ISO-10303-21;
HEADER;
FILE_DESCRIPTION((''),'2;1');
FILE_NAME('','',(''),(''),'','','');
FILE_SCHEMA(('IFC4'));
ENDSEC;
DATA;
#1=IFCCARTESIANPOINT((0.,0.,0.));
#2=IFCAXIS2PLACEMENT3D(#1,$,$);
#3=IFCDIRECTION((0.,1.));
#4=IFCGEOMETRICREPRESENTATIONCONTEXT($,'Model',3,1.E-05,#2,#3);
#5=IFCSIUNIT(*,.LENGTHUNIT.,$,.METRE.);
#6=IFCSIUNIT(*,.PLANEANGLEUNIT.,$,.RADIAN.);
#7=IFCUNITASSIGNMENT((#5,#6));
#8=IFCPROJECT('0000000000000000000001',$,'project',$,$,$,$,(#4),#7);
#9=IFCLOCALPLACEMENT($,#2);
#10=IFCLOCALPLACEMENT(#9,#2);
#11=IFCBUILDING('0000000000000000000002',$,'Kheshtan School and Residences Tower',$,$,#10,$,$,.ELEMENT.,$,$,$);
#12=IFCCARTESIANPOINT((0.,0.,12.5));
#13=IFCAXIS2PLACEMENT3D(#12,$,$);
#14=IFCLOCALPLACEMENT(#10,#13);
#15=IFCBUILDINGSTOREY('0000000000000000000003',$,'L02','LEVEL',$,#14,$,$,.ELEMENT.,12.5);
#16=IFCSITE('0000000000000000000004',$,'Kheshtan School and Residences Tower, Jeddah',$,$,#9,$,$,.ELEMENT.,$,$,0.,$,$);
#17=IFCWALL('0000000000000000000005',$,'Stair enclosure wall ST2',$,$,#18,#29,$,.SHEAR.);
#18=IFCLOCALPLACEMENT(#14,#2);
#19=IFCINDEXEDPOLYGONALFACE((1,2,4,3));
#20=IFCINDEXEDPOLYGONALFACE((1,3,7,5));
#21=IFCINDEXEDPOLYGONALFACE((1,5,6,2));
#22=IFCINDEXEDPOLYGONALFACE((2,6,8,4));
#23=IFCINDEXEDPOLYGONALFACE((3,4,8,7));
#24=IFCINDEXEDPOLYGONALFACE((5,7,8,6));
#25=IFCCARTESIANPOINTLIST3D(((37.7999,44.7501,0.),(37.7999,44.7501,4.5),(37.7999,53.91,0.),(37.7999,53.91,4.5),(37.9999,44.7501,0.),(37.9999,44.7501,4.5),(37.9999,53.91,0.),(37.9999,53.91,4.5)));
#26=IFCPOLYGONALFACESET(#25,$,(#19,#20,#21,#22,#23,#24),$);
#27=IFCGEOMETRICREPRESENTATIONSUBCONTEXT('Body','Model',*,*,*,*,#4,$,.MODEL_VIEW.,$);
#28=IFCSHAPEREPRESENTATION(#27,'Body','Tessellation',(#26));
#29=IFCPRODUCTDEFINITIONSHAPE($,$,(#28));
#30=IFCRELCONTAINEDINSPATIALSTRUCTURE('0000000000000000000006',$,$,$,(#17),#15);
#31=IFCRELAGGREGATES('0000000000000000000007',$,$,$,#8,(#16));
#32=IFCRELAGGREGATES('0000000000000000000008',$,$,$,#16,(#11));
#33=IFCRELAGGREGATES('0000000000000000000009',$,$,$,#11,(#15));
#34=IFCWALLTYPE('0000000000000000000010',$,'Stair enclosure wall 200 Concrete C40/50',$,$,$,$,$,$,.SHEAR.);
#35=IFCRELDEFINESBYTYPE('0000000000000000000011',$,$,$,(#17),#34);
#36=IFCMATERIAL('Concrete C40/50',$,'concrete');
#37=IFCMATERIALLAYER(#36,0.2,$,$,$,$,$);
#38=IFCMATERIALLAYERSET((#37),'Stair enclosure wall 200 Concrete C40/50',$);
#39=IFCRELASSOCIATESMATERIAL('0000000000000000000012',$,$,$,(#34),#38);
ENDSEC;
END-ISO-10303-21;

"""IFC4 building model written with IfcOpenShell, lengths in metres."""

from ifc_helpers import new_model, si_unit, direction, frame, frame_2d, origin, place, context, subcontext, project, spatial, rectangle, extrude, material, layer, layer_set, type_object, element, save


model = new_model("IFC4")

# Units and contexts
model_context = context("Model", 3, precision=1e-05, world=origin(), true_north=direction((0.0, 1.0)))
body_context = subcontext(model_context, "Body", "Model", "MODEL_VIEW")
ifc_project = project(units=[si_unit("LENGTHUNIT", "METRE"), si_unit("PLANEANGLEUNIT", "RADIAN")], contexts=[model_context])

# Site, building, storey
site_placement = place(None, origin())
site = spatial("IfcSite", under=ifc_project, at=site_placement, Name="Kheshtan School and Residences Tower, Jeddah", CompositionType="ELEMENT", RefElevation=0.0)
building_placement = place(site_placement, origin())
building = spatial("IfcBuilding", under=site, at=building_placement, Name="Kheshtan School and Residences Tower", CompositionType="ELEMENT")
storey_placement = place(building_placement, frame((0.0, 0.0, 12.5)))
storey = spatial("IfcBuildingStorey", under=building, at=storey_placement, Name="L02", Description="LEVEL", CompositionType="ELEMENT", Elevation=12.5)

# Wall
ifc_material_1 = material(Name="Concrete C40/50", Category="concrete")
ifc_layer_1 = layer(ifc_material_1, 0.2)
ifc_layer_set_1 = layer_set([ifc_layer_1], Name="Stair enclosure wall 200 Concrete C40/50")
wall_type_1 = type_object("IfcWallType", Name="Stair enclosure wall 200 Concrete C40/50", PredefinedType="SHEAR", material=ifc_layer_set_1)
wall_1_placement = place(storey_placement, frame((37.8999, 44.75, 0.0), z_axis=(0.0, 0.0, 1.0), x_axis=(0.0, 1.0, 0.0)))
element("IfcWall", 1, at=wall_1_placement, inside=storey, type_object=wall_type_1, Name="Stair enclosure wall ST2", PredefinedType="SHEAR", context=body_context, shape_type="SweptSolid", body=[
    extrude(rectangle(XDim=9.1599, YDim=0.2, at=frame_2d((4.5801, 0.0))), origin(), (0.0, 0.0, 1.0), 4.5),
])

save(model, "model.ifc")
